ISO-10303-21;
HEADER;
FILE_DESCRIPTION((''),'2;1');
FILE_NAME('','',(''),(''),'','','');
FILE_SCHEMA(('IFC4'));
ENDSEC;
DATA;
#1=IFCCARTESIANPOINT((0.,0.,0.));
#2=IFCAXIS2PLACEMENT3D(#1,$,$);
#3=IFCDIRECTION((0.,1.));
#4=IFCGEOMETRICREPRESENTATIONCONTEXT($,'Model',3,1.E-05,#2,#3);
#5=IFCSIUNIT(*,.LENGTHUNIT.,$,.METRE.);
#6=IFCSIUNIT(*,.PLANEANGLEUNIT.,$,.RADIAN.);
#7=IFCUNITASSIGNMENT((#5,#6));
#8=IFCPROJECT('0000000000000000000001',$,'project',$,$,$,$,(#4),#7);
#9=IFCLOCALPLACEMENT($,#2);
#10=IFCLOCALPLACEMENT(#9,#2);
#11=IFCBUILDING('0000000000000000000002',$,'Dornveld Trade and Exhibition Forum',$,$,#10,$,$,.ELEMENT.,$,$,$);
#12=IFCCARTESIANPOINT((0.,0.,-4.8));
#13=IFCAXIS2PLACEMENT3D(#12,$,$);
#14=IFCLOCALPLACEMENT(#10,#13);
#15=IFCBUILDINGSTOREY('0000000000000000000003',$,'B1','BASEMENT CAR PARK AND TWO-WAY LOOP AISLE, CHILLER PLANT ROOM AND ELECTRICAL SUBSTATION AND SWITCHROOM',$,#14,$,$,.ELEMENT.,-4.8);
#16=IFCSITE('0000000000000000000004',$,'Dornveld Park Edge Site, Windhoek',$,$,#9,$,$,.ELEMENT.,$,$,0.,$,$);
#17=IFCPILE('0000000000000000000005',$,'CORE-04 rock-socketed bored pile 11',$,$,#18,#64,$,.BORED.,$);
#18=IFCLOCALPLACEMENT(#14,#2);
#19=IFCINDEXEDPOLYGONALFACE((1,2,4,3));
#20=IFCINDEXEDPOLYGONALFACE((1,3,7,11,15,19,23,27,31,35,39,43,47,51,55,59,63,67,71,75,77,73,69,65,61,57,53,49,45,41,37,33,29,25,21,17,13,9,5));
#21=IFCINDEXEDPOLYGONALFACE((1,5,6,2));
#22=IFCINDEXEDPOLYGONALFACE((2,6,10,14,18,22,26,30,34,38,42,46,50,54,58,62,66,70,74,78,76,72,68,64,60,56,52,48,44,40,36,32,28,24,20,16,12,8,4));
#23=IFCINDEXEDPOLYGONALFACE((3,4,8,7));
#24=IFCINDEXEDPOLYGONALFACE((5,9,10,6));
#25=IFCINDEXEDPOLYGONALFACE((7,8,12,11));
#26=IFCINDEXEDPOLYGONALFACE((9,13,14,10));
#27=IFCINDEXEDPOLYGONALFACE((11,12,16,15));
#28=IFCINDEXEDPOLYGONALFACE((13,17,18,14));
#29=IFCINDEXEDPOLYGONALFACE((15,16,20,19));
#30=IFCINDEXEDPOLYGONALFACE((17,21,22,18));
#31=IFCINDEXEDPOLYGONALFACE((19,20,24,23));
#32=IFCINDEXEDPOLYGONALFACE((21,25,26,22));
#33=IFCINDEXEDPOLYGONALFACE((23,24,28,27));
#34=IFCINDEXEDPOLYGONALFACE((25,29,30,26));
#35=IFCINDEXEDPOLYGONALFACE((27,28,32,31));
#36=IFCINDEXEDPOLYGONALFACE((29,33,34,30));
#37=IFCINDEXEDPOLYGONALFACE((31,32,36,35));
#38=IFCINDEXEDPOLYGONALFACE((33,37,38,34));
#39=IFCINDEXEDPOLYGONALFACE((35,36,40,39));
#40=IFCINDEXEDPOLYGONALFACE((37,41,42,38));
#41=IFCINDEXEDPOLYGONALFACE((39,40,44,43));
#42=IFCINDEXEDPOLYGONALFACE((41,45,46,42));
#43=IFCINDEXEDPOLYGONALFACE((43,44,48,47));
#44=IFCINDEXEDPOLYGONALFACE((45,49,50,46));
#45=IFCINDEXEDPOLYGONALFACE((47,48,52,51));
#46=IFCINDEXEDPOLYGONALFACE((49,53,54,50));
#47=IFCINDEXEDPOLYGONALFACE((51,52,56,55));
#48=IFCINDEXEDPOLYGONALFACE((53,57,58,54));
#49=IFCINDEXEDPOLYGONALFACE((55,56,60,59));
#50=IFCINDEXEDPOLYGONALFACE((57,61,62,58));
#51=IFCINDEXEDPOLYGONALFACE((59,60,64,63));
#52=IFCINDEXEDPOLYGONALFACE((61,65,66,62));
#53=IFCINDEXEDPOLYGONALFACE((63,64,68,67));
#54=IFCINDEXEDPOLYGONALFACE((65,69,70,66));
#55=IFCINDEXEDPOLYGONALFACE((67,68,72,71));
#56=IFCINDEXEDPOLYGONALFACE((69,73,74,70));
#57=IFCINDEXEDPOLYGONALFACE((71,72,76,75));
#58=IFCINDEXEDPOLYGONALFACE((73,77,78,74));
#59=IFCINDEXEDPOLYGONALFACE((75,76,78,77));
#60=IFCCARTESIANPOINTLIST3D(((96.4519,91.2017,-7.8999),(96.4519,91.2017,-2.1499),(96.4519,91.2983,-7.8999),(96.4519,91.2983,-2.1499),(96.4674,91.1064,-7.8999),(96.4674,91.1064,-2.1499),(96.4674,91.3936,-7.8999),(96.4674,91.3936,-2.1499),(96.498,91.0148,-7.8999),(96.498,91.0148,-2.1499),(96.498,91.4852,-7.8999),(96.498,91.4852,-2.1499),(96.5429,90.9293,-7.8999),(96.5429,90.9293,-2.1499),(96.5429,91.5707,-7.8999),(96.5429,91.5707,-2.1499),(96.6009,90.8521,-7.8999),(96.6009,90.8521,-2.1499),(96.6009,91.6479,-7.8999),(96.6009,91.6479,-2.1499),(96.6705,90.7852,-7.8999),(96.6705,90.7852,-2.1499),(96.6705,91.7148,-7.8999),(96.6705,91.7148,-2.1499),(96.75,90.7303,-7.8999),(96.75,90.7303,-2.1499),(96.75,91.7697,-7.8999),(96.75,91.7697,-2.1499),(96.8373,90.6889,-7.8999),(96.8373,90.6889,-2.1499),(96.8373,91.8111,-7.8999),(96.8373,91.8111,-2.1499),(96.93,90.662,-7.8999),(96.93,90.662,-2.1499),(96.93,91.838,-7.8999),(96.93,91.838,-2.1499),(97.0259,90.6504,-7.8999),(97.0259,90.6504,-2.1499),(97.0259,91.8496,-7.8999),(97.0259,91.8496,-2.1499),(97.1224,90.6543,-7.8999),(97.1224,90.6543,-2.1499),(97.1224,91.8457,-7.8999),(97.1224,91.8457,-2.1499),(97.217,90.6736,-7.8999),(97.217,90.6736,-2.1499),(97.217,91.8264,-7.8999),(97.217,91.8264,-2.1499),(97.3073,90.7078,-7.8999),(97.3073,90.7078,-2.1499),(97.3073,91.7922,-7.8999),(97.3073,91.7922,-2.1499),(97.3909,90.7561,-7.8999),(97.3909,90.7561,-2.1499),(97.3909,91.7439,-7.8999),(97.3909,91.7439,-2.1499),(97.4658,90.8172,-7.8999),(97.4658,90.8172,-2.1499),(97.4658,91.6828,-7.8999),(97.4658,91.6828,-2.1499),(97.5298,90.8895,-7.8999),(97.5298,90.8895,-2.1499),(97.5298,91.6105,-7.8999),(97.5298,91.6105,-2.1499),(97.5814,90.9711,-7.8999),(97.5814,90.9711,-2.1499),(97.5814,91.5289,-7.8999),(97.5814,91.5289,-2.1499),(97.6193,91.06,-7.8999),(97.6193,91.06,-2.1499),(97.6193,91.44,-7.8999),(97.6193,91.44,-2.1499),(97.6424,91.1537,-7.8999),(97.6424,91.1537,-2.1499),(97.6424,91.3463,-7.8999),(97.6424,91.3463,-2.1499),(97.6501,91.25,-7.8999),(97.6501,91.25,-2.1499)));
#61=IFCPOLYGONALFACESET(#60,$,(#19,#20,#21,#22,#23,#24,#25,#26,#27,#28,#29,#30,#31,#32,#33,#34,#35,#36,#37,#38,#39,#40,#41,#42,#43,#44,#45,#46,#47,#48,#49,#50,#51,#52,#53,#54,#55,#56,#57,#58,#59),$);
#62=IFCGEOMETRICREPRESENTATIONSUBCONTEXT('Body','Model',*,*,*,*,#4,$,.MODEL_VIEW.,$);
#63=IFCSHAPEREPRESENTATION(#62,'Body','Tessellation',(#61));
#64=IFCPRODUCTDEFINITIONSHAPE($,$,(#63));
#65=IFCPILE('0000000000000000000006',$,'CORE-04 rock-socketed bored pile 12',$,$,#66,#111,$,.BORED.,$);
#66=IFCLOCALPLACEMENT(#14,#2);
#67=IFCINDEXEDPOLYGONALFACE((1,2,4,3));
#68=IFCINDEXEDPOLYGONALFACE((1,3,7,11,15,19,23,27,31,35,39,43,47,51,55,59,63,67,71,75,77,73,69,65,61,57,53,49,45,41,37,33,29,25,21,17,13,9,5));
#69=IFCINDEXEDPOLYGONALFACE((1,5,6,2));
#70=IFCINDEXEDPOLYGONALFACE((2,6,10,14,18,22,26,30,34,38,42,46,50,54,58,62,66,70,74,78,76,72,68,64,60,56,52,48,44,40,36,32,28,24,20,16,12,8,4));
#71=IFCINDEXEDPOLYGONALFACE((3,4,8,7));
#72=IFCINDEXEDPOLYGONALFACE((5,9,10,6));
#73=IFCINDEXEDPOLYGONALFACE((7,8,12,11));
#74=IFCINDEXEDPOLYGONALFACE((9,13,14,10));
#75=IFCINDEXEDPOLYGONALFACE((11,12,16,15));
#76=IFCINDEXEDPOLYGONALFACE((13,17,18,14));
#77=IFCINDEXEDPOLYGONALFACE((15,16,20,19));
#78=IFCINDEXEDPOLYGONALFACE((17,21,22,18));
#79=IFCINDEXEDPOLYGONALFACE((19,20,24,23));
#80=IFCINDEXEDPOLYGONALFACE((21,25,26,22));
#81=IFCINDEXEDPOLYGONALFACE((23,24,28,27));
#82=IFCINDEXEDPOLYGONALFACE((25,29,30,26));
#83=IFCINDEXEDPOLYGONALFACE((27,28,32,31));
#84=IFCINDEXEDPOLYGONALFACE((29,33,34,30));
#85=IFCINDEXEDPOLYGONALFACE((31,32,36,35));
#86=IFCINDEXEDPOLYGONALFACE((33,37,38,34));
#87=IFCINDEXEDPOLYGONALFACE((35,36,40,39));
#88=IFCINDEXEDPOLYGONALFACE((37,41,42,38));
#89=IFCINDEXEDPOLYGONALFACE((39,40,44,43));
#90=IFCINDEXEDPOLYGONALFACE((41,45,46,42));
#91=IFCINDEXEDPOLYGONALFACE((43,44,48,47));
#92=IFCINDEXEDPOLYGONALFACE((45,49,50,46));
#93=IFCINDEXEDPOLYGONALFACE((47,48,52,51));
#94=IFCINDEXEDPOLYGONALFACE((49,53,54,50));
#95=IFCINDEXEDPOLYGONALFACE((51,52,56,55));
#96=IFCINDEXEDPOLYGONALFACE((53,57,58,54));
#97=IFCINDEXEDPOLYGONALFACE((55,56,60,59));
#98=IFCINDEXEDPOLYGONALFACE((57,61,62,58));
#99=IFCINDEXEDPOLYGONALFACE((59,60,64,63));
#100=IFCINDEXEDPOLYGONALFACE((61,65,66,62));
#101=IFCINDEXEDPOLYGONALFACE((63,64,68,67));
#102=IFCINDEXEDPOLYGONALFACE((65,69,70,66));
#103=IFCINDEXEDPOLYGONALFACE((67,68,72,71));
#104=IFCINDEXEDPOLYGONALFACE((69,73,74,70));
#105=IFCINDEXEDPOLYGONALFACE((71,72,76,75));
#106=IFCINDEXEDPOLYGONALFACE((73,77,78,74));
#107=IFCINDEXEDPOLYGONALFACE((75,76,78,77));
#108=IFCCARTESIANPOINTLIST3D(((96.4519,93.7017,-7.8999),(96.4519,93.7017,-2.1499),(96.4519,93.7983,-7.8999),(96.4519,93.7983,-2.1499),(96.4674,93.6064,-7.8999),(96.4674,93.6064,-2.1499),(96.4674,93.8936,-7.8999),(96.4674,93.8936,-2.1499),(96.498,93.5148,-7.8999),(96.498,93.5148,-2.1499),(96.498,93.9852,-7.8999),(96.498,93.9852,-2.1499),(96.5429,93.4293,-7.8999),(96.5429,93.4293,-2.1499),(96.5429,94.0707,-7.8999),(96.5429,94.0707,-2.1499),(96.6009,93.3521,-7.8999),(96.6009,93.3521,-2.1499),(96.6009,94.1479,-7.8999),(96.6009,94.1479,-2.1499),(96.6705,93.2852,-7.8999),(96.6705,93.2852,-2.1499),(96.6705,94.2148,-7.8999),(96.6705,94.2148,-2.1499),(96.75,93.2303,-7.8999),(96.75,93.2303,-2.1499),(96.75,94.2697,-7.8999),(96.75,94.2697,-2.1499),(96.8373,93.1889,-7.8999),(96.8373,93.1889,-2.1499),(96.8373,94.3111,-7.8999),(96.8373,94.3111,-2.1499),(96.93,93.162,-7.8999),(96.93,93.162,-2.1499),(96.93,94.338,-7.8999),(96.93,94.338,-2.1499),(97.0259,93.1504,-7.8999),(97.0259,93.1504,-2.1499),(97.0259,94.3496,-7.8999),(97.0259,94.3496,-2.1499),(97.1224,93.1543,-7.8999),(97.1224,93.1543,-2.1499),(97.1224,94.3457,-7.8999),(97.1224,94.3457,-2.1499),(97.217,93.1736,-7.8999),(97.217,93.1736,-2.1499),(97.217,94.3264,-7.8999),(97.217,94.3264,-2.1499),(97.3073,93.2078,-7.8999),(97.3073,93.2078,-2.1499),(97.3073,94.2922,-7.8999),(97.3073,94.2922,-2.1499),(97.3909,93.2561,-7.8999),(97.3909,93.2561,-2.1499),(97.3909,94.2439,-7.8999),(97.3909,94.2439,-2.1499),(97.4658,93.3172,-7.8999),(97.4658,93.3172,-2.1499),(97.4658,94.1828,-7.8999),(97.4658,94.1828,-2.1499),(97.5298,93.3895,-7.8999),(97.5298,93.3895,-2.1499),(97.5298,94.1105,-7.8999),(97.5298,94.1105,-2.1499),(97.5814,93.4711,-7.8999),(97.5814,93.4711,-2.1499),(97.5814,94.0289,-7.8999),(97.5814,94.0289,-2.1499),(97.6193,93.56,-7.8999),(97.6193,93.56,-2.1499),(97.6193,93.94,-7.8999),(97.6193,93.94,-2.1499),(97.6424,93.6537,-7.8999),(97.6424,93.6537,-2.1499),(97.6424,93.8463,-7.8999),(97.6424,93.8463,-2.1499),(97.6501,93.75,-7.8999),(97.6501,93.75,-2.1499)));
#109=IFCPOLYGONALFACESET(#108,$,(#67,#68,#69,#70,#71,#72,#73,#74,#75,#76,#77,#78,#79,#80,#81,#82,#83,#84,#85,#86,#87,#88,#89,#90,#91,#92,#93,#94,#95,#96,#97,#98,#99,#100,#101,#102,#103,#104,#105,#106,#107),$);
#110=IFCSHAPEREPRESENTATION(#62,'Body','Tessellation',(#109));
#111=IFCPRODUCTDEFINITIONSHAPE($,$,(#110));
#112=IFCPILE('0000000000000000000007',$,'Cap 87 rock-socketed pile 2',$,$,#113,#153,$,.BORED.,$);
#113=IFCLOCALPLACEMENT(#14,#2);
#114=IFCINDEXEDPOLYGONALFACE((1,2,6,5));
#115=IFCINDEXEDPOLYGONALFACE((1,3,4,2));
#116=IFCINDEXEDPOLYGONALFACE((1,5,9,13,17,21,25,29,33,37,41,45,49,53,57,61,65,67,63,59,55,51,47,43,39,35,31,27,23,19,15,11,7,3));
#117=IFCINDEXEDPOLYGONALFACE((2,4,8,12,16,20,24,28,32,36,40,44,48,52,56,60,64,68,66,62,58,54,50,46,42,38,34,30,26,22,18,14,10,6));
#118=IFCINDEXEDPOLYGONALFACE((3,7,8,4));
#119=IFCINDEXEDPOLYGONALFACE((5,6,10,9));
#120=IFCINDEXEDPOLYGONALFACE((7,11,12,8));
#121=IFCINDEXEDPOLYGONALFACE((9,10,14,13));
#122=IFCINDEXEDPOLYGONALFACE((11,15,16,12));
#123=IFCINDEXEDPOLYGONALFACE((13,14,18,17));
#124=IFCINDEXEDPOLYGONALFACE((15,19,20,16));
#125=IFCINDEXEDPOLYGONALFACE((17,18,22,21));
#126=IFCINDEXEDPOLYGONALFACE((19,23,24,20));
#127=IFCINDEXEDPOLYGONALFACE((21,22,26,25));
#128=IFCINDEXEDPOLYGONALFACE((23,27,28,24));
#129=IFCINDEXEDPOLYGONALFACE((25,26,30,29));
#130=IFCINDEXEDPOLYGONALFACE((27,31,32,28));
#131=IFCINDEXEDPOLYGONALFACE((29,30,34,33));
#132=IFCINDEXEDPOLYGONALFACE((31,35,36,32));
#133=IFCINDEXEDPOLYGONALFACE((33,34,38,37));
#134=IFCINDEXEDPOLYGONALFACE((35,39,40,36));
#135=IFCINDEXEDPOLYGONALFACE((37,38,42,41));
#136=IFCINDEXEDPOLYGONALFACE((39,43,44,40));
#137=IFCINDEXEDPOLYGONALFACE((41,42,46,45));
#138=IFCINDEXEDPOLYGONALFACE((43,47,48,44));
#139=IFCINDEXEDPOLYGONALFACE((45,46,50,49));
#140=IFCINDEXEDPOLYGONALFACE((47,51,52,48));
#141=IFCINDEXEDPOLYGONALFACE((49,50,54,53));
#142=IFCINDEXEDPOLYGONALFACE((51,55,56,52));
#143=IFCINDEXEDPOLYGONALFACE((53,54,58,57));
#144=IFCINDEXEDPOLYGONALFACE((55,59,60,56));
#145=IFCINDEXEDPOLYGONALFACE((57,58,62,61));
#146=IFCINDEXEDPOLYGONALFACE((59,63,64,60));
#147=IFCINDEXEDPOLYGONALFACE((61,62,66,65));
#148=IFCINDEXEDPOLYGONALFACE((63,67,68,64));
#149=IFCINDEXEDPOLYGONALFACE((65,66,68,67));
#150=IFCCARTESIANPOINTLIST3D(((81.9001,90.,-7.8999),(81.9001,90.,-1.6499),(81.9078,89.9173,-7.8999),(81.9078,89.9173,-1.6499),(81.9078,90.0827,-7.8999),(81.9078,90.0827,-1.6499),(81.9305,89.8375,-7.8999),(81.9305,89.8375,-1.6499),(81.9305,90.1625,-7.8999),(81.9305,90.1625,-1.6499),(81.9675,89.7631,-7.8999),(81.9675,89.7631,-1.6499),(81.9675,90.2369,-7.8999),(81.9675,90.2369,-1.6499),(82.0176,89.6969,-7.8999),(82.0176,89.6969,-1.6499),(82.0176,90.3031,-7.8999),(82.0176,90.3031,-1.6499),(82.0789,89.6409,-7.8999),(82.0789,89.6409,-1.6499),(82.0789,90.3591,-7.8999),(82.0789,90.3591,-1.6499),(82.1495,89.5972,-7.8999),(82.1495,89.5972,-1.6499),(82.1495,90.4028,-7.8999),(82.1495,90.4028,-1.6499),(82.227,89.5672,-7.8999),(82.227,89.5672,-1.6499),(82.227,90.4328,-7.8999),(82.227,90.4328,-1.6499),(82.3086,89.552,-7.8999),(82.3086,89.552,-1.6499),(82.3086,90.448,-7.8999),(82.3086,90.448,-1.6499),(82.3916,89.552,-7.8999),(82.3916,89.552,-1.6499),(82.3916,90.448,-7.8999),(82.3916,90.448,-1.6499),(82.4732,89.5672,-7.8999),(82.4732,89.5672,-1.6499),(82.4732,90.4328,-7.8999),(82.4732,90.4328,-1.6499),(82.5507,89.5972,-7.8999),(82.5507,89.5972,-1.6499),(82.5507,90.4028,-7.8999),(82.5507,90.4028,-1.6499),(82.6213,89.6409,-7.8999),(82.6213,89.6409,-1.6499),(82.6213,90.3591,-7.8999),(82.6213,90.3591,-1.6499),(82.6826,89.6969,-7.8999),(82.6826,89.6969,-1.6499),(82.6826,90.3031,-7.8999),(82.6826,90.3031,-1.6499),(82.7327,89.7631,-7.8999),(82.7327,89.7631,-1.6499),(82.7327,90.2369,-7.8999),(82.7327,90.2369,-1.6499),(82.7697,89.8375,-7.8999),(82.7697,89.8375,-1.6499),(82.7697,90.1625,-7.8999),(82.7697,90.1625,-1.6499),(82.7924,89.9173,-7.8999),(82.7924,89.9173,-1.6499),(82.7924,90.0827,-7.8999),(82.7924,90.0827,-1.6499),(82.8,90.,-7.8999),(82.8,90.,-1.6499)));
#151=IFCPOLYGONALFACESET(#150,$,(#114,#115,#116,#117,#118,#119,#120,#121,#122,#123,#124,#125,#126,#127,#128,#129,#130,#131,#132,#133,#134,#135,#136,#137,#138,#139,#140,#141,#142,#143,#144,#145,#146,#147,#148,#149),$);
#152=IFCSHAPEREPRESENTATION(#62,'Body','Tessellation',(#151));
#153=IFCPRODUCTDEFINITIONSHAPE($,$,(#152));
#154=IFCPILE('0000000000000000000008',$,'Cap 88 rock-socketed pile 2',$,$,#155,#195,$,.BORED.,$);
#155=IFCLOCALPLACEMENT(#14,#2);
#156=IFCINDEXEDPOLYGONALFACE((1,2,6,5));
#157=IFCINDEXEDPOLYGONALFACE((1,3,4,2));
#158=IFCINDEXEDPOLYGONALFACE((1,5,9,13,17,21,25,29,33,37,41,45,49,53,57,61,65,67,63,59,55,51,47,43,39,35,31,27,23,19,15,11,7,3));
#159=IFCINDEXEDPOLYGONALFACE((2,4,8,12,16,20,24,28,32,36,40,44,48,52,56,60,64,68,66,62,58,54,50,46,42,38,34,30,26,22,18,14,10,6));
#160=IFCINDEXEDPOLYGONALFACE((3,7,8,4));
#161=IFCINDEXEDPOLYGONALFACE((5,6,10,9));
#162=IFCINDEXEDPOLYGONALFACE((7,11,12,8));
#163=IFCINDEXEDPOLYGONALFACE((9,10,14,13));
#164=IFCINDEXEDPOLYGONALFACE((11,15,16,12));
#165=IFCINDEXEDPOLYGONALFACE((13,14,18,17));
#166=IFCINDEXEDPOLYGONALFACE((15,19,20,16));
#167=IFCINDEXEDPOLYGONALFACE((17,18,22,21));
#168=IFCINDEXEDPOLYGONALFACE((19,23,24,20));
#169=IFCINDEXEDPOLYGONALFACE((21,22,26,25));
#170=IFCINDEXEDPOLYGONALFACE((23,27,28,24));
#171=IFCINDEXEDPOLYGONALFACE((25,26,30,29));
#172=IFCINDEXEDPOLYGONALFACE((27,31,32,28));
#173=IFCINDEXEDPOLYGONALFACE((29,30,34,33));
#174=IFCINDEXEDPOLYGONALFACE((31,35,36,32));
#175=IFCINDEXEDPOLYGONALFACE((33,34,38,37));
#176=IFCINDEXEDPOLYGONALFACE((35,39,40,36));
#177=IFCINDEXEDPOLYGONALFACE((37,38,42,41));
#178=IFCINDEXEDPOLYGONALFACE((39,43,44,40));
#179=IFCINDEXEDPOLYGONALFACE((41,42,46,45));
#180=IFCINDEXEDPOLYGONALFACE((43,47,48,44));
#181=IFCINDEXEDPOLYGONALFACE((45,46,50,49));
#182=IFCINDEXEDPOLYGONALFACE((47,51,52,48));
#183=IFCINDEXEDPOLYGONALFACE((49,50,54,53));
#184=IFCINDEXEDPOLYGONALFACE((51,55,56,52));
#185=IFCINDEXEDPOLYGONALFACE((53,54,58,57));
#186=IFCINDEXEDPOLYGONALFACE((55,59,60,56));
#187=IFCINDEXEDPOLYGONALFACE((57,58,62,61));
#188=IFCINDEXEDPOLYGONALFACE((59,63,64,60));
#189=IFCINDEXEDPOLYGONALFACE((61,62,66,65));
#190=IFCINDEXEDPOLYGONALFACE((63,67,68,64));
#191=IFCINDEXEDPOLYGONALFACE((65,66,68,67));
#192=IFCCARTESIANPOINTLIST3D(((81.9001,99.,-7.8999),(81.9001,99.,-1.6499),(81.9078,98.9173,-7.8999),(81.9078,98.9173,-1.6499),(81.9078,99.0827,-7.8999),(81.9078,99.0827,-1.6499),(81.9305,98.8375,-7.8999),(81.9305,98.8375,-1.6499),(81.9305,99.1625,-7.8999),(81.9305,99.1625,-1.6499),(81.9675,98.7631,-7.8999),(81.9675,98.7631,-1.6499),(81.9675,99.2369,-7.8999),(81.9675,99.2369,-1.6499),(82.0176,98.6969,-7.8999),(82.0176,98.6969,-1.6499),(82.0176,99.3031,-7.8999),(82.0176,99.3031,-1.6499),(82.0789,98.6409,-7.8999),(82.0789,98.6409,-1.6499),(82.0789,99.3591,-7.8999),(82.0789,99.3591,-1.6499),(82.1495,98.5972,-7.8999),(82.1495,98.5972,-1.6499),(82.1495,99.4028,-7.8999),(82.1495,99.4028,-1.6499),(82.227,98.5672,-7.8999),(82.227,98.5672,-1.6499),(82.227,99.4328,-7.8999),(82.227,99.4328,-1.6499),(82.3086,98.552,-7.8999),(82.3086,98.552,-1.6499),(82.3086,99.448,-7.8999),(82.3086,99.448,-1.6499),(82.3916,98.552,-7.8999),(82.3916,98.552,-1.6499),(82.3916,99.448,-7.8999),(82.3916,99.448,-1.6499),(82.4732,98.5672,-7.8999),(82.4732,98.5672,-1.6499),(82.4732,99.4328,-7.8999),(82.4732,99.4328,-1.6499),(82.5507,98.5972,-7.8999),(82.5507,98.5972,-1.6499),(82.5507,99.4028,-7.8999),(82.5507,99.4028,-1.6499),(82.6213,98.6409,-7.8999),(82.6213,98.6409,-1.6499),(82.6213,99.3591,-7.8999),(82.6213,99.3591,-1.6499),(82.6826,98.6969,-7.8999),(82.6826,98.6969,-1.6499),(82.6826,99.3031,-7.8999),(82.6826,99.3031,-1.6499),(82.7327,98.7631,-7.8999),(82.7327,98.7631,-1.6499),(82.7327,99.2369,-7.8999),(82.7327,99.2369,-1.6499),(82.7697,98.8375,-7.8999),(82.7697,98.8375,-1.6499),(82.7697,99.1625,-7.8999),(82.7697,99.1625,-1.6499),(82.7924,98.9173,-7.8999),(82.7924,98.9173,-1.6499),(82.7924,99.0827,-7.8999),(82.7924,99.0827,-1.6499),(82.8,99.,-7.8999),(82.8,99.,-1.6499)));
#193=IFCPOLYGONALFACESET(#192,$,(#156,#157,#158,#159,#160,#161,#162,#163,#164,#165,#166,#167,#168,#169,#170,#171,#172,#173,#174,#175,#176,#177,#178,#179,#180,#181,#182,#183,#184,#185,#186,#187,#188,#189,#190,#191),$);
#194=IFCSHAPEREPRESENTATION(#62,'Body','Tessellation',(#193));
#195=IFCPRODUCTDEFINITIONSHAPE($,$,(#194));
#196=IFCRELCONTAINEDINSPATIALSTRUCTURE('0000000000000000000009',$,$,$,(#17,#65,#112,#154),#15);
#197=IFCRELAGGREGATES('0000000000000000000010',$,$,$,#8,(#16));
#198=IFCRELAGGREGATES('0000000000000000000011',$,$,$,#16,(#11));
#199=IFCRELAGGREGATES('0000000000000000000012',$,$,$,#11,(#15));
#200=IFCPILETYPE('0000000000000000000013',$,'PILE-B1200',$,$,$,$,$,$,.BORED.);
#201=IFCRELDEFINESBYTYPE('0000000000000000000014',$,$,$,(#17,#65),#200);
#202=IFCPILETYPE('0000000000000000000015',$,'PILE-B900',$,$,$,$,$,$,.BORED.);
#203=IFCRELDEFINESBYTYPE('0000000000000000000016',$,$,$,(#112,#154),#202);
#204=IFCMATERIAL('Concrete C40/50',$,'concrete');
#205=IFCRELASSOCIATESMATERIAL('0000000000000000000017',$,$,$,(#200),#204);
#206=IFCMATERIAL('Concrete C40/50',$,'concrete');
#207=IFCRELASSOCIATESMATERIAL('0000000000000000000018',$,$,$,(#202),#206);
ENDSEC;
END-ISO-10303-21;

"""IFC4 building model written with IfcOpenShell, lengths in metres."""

from ifc_helpers import new_model, si_unit, direction, frame, origin, origin_2d, place, context, subcontext, project, spatial, circle, extrude, material, material_profile, profile_set, type_object, element, save


model = new_model("IFC4")

# Units and contexts
model_context = context("Model", 3, precision=1e-05, world=origin(), true_north=direction((0.0, 1.0)))
body_context = subcontext(model_context, "Body", "Model", "MODEL_VIEW")
ifc_project = project(units=[si_unit("LENGTHUNIT", "METRE"), si_unit("PLANEANGLEUNIT", "RADIAN")], contexts=[model_context])

# Site, building, storey
site_placement = place(None, origin())
site = spatial("IfcSite", under=ifc_project, at=site_placement, Name="Dornveld Park Edge Site, Windhoek", CompositionType="ELEMENT", RefElevation=0.0)
building_placement = place(site_placement, origin())
building = spatial("IfcBuilding", under=site, at=building_placement, Name="Dornveld Trade and Exhibition Forum", CompositionType="ELEMENT")
storey_placement = place(building_placement, frame((0.0, 0.0, -4.8)))
storey = spatial("IfcBuildingStorey", under=building, at=storey_placement, Name="B1", Description="BASEMENT CAR PARK AND TWO-WAY LOOP AISLE, CHILLER PLANT ROOM AND ELECTRICAL SUBSTATION AND SWITCHROOM", CompositionType="ELEMENT", Elevation=-4.8)

# Piles
ifc_material_1 = material(Name="Concrete C40/50", Category="concrete")
ifc_material_profile_1 = material_profile(ifc_material_1, circle(Radius=0.6001, at=origin_2d()), Name="PILE D1200")
ifc_profile_set_1 = profile_set([ifc_material_profile_1], Name="Concrete C40/50")
pile_type_1 = type_object("IfcPileType", Name="PILE-B1200", PredefinedType="BORED", material=ifc_profile_set_1)
for number, where, z_axis, x_axis, name in (
    (1, (97.05, 91.25, -2.1499), (0.0, 0.0, -1.0), (1.0, 0.0, 0.0), "CORE-04 rock-socketed bored pile 11"),
    (2, (97.05, 93.75, -2.1499), (0.0, 0.0, -1.0), (1.0, 0.0, 0.0), "CORE-04 rock-socketed bored pile 12"),
):
    element("IfcPile", number, at=place(storey_placement, frame(where, z_axis=z_axis, x_axis=x_axis)), inside=storey, type_object=pile_type_1, Name=name, PredefinedType="BORED", context=body_context, shape_type="SweptSolid", body=[
        extrude(circle(Radius=0.6001, at=origin_2d()), origin(), (0.0, 0.0, 1.0), 5.75),
    ])
ifc_material_2 = material(Name="Concrete C40/50", Category="concrete")
ifc_material_profile_2 = material_profile(ifc_material_2, circle(Radius=0.45, at=origin_2d()), Name="PILE D900")
ifc_profile_set_2 = profile_set([ifc_material_profile_2], Name="Concrete C40/50")
pile_type_2 = type_object("IfcPileType", Name="PILE-B900", PredefinedType="BORED", material=ifc_profile_set_2)
for number, where, z_axis, x_axis, name in (
    (3, (82.3501, 90.0, -1.6499), (0.0, 0.0, -1.0), (1.0, 0.0, 0.0), "Cap 87 rock-socketed pile 2"),
    (4, (82.3501, 99.0, -1.6499), (0.0, 0.0, -1.0), (1.0, 0.0, 0.0), "Cap 88 rock-socketed pile 2"),
):
    element("IfcPile", number, at=place(storey_placement, frame(where, z_axis=z_axis, x_axis=x_axis)), inside=storey, type_object=pile_type_2, Name=name, PredefinedType="BORED", context=body_context, shape_type="SweptSolid", body=[
        extrude(circle(Radius=0.45, at=origin_2d()), origin(), (0.0, 0.0, 1.0), 6.25),
    ])

save(model, "model.ifc")
